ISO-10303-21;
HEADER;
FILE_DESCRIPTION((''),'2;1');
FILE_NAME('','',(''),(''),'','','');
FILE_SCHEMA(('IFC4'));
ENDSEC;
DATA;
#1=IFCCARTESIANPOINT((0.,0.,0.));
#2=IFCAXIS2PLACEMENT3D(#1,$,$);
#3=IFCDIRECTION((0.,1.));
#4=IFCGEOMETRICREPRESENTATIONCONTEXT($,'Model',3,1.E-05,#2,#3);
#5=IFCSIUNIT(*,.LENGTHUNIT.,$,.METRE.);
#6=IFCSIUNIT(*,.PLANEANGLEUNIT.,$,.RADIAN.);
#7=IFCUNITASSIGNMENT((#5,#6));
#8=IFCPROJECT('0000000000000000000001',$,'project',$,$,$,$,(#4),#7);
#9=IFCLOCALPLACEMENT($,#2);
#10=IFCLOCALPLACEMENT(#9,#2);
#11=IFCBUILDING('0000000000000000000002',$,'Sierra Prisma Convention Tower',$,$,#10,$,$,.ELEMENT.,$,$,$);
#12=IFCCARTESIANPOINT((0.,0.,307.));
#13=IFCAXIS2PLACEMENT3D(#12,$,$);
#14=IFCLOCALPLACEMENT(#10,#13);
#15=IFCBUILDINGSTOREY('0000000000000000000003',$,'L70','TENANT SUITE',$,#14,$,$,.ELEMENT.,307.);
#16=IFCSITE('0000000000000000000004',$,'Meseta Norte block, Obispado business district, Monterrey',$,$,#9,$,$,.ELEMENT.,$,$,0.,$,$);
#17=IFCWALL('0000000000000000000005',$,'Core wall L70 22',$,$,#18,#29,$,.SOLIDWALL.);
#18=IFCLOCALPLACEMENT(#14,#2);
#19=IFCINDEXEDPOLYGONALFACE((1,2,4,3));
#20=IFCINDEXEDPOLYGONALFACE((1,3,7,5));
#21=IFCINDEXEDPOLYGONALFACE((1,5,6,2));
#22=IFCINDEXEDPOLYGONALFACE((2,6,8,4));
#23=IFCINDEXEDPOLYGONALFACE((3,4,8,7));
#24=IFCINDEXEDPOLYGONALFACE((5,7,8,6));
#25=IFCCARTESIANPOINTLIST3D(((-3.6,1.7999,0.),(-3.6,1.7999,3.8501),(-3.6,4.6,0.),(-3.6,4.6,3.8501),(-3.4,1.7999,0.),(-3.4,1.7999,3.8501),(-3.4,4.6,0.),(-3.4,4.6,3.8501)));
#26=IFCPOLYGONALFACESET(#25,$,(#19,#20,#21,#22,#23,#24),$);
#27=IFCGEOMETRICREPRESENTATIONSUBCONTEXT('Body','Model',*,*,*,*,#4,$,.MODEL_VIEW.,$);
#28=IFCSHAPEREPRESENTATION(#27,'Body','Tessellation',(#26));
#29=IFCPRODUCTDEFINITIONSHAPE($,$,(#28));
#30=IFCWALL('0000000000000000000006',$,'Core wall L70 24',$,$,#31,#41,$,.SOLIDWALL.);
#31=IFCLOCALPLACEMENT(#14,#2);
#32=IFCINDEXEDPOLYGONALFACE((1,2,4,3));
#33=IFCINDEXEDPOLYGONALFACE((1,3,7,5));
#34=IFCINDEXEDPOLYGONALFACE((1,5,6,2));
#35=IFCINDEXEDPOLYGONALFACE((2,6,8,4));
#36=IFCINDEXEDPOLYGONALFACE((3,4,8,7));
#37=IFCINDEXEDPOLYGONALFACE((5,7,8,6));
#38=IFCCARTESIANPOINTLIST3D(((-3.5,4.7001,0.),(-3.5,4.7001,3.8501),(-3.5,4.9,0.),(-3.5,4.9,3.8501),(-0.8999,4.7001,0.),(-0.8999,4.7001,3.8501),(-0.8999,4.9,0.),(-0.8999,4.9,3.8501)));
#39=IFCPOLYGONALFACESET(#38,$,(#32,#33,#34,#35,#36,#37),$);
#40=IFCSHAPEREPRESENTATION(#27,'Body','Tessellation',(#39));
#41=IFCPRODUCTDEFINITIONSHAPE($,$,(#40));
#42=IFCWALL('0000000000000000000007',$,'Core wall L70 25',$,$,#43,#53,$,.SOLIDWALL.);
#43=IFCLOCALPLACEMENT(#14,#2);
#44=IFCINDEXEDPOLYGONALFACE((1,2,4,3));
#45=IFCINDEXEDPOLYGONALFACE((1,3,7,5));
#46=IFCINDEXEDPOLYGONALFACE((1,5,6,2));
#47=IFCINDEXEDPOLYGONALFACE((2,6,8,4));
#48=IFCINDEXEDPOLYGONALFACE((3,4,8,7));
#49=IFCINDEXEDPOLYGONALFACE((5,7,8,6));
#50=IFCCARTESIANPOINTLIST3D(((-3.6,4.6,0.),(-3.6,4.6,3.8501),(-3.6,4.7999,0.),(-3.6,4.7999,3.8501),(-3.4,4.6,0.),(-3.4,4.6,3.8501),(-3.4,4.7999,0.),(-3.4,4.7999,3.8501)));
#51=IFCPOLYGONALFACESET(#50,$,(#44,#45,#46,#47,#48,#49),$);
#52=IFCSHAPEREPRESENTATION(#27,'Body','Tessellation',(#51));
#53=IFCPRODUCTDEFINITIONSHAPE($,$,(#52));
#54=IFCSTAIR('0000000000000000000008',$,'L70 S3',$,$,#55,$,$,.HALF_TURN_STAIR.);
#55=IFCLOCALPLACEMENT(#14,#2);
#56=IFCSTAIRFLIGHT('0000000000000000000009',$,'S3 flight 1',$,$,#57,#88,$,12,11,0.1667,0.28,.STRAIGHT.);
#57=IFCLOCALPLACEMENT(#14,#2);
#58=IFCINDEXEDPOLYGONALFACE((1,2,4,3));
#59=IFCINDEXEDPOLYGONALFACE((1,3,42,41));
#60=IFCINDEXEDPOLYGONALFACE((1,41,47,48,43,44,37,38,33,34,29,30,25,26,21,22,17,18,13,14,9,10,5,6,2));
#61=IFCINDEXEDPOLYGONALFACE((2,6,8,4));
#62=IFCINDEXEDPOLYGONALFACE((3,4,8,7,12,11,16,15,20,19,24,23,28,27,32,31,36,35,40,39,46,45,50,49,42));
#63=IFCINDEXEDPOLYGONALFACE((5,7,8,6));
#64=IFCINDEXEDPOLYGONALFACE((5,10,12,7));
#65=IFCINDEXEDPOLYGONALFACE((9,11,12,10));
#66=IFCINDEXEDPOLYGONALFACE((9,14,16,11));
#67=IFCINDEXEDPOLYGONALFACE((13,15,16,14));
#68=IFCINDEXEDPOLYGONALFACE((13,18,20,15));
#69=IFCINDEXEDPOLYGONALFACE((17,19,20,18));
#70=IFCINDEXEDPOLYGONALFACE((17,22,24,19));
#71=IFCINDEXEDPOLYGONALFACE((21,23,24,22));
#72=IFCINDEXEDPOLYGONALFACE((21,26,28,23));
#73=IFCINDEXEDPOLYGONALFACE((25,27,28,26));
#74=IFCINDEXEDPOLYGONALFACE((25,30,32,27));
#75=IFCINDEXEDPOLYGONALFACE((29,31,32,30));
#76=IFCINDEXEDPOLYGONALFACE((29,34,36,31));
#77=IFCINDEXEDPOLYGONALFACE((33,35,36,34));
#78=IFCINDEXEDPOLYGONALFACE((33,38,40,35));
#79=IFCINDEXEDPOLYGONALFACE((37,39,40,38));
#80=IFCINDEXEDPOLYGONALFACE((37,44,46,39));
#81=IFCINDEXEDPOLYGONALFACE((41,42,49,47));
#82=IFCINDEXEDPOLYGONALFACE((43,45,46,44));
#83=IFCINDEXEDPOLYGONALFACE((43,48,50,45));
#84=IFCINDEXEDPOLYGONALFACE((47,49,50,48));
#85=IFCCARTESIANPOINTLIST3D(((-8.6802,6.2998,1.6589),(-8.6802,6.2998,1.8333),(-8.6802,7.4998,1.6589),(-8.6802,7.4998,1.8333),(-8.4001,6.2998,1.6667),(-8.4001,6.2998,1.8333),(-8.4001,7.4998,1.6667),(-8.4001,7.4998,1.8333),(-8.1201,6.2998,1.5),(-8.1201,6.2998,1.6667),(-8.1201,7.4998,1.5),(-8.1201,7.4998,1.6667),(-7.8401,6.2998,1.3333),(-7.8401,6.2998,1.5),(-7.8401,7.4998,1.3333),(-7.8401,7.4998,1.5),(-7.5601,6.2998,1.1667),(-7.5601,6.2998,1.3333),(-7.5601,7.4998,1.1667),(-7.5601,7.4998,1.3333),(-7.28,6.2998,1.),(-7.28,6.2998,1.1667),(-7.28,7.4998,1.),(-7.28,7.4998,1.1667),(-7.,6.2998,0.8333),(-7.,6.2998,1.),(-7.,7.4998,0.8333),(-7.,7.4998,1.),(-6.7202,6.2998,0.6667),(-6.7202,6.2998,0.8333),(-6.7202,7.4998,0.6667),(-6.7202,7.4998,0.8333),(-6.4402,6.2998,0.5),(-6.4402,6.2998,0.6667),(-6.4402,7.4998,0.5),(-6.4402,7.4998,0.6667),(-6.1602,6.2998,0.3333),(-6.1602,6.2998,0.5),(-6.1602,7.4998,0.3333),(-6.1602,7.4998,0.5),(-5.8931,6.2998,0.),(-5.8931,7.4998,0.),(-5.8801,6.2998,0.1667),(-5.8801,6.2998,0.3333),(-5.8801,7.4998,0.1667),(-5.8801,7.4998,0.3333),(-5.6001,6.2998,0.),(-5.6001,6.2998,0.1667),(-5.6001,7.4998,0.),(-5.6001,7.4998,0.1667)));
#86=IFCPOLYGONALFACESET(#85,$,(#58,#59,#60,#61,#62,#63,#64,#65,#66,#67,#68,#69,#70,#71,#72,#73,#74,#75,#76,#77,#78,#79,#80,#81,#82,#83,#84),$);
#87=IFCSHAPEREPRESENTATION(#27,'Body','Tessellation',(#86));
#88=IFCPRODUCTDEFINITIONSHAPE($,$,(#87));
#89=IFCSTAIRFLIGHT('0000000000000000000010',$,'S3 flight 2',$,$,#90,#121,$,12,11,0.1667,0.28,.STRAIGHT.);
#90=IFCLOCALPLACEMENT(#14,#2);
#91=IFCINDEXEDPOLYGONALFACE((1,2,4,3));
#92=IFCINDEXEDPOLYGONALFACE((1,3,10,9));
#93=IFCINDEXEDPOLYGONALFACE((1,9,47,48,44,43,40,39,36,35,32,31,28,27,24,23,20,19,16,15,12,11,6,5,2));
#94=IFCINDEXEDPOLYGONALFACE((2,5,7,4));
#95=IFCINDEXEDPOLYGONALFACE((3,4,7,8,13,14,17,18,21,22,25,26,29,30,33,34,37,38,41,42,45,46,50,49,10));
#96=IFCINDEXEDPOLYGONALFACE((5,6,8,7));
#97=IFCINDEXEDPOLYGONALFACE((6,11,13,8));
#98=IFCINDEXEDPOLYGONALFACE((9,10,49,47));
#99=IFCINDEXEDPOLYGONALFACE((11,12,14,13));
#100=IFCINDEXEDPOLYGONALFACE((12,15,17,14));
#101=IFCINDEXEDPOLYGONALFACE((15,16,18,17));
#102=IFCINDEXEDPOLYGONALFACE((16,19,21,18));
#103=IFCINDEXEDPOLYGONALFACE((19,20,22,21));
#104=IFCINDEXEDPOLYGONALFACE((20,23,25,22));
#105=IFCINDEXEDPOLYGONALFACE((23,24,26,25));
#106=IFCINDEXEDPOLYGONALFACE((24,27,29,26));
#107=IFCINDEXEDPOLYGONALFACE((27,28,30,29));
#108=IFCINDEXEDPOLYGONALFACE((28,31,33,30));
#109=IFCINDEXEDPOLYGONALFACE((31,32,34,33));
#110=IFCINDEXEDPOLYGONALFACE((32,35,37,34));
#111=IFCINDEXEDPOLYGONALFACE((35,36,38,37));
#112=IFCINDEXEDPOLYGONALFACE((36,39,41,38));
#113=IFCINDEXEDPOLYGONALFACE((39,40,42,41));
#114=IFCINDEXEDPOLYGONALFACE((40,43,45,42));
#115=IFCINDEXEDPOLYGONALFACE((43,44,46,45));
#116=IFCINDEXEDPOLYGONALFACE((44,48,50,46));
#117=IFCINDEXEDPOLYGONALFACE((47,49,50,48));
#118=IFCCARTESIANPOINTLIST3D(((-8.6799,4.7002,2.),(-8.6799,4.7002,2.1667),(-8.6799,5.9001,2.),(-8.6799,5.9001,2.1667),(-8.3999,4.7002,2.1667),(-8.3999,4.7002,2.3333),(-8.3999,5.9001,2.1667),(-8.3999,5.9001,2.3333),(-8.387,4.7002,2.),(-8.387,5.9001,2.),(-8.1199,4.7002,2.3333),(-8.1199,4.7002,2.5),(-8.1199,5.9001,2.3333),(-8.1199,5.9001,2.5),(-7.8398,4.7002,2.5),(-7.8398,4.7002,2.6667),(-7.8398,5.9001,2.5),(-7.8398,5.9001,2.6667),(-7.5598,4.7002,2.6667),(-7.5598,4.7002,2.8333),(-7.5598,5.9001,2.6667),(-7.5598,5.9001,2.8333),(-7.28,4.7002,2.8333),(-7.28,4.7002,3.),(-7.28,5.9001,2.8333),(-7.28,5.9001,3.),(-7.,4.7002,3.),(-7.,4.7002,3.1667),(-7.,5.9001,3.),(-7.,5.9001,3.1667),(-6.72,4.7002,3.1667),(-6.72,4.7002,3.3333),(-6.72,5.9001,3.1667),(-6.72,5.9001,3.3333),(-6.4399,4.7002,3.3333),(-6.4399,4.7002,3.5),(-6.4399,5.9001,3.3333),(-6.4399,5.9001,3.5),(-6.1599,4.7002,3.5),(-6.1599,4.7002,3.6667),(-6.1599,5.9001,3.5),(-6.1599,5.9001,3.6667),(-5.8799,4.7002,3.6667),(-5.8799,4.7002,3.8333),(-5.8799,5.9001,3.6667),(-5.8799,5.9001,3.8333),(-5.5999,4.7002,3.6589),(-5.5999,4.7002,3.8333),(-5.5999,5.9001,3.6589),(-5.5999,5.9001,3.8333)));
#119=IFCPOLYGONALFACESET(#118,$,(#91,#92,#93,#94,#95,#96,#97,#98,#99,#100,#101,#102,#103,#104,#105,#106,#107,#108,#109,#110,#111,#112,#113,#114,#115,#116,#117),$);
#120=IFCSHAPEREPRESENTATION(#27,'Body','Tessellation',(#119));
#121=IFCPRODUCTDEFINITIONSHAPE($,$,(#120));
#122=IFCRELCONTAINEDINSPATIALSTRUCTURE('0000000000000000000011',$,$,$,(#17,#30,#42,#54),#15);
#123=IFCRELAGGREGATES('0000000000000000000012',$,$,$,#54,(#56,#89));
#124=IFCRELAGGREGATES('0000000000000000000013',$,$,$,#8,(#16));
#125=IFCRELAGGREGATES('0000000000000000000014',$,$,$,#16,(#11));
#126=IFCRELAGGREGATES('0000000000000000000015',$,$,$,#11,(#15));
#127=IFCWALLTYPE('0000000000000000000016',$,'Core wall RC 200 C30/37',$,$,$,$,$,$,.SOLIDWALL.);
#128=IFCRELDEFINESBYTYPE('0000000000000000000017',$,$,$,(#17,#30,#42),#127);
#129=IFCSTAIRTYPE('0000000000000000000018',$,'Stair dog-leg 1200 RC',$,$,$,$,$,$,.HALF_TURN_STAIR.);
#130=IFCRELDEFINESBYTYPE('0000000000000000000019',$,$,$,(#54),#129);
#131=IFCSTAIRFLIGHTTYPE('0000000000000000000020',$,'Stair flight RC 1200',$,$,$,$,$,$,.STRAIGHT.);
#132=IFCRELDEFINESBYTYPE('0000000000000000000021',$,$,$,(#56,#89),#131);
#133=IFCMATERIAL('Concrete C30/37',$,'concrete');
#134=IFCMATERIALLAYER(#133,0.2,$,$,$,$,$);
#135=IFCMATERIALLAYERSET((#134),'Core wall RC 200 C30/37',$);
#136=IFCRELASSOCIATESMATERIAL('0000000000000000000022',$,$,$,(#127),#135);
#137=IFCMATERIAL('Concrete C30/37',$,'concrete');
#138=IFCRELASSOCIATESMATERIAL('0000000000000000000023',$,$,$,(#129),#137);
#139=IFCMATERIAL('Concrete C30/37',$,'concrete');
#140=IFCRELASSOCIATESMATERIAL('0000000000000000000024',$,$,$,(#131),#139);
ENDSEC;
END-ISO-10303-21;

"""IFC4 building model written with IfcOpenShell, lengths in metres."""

from ifc_helpers import new_model, si_unit, direction, frame, frame_2d, origin, place, context, subcontext, project, spatial, polyline, rectangle, outline, extrude, material, layer, layer_set, type_object, element, aggregate, save


model = new_model("IFC4")

# Units and contexts
model_context = context("Model", 3, precision=1e-05, world=origin(), true_north=direction((0.0, 1.0)))
body_context = subcontext(model_context, "Body", "Model", "MODEL_VIEW")
ifc_project = project(units=[si_unit("LENGTHUNIT", "METRE"), si_unit("PLANEANGLEUNIT", "RADIAN")], contexts=[model_context])

# Site, building, storey
site_placement = place(None, origin())
site = spatial("IfcSite", under=ifc_project, at=site_placement, Name="Meseta Norte block, Obispado business district, Monterrey", CompositionType="ELEMENT", RefElevation=0.0)
building_placement = place(site_placement, origin())
building = spatial("IfcBuilding", under=site, at=building_placement, Name="Sierra Prisma Convention Tower", CompositionType="ELEMENT")
storey_placement = place(building_placement, frame((0.0, 0.0, 307.0)))
storey = spatial("IfcBuildingStorey", under=building, at=storey_placement, Name="L70", Description="TENANT SUITE", CompositionType="ELEMENT", Elevation=307.0)

# Shared definitions
ifc_material_1 = material(Name="Concrete C30/37", Category="concrete")
ifc_layer_1 = layer(ifc_material_1, 0.2)
ifc_layer_set_1 = layer_set([ifc_layer_1], Name="Core wall RC 200 C30/37")
wall_type = type_object("IfcWallType", Name="Core wall RC 200 C30/37", PredefinedType="SOLIDWALL", material=ifc_layer_set_1)

# Wall
wall_1_placement = place(storey_placement, frame((-3.5, 1.8, 0.0), z_axis=(0.0, 0.0, 1.0), x_axis=(0.0, 1.0, 0.0)))
element("IfcWall", 1, at=wall_1_placement, inside=storey, type_object=wall_type, Name="Core wall L70 22", PredefinedType="SOLIDWALL", context=body_context, shape_type="SweptSolid", body=[
    extrude(rectangle(XDim=2.8, YDim=0.2, at=frame_2d((1.3999, 0.0))), origin(), (0.0, 0.0, 1.0), 3.8501),
])

# Walls
wall_2_placement = place(storey_placement, frame((-0.8999, 4.8, 0.0), z_axis=(0.0, 0.0, 1.0), x_axis=(-1.0, 0.0, 0.0)))
element("IfcWall", 2, at=wall_2_placement, inside=storey, type_object=wall_type, Name="Core wall L70 24", PredefinedType="SOLIDWALL", context=body_context, shape_type="SweptSolid", body=[
    extrude(rectangle(XDim=2.6001, YDim=0.2, at=frame_2d((1.3, 0.0))), origin(), (0.0, 0.0, 1.0), 3.8501),
])
wall_3_placement = place(storey_placement, frame((-3.5, 4.8, 0.0), z_axis=(0.0, 0.0, 1.0), x_axis=(0.0, -1.0, 0.0)))
element("IfcWall", 3, at=wall_3_placement, inside=storey, type_object=wall_type, Name="Core wall L70 25", PredefinedType="SOLIDWALL", context=body_context, shape_type="SweptSolid", body=[
    extrude(rectangle(XDim=0.2, YDim=0.2, at=frame_2d((0.1001, 0.0))), origin(), (0.0, 0.0, 1.0), 3.8501),
])

# Stair, stair flights
ifc_material_2 = material(Name="Concrete C30/37", Category="concrete")
stair_type = type_object("IfcStairType", Name="Stair dog-leg 1200 RC", PredefinedType="HALF_TURN_STAIR", material=ifc_material_2)
stair_placement = place(storey_placement, origin())
stair = element("IfcStair", 4, at=stair_placement, inside=storey, type_object=stair_type, Name="L70 S3", PredefinedType="HALF_TURN_STAIR")
ifc_material_3 = material(Name="Concrete C30/37", Category="concrete")
stair_flight_type = type_object("IfcStairFlightType", Name="Stair flight RC 1200", PredefinedType="STRAIGHT", material=ifc_material_3)
stair_flight_1_placement = place(storey_placement, frame((-5.6001, 6.8999, 0.0), z_axis=(0.0, 0.0, 1.0), x_axis=(-1.0, 0.0, 0.0)))
stair_flight_1 = element("IfcStairFlight", 5, at=stair_flight_1_placement, type_object=stair_flight_type, Name="S3 flight 1", NumberOfRisers=12, NumberOfTreads=11, PredefinedType="STRAIGHT", RiserHeight=0.1667, TreadLength=0.28, context=body_context, shape_type="SweptSolid", body=[
    extrude(outline(polyline([(0.0, 0.0), (0.0, 0.1667), (0.28, 0.1667), (0.28, 0.3333), (0.5601, 0.3333), (0.5601, 0.5), (0.8401, 0.5), (0.8401, 0.6667), (1.1201, 0.6667), (1.1201, 0.8333), (1.3999, 0.8333), (1.3999, 1.0), (1.6799, 1.0), (1.6799, 1.1667), (1.96, 1.1667), (1.96, 1.3333), (2.24, 1.3333), (2.24, 1.5), (2.52, 1.5), (2.52, 1.6667), (2.8, 1.6667), (2.8, 1.8333), (3.0801, 1.8333), (3.0801, 2.0), (3.0801, 1.6589), (0.293, 0.0), (0.0, 0.0)])), frame((0.0, 0.6001, 0.0), z_axis=(0.0, -1.0, 0.0), x_axis=(1.0, 0.0, 0.0)), (0.0, 0.0, 1.0), 1.2),
])
stair_flight_2_placement = place(storey_placement, frame((-8.6799, 5.3, 2.0), z_axis=(0.0, 0.0, 1.0), x_axis=(1.0, 0.0, 0.0)))
stair_flight_2 = element("IfcStairFlight", 6, at=stair_flight_2_placement, type_object=stair_flight_type, Name="S3 flight 2", NumberOfRisers=12, NumberOfTreads=11, PredefinedType="STRAIGHT", RiserHeight=0.1667, TreadLength=0.28, context=body_context, shape_type="SweptSolid", body=[
    extrude(outline(polyline([(0.0, 0.0), (0.0, 0.1667), (0.28, 0.1667), (0.28, 0.3333), (0.5601, 0.3333), (0.5601, 0.5), (0.8401, 0.5), (0.8401, 0.6667), (1.1201, 0.6667), (1.1201, 0.8333), (1.3999, 0.8333), (1.3999, 1.0), (1.6799, 1.0), (1.6799, 1.1667), (1.96, 1.1667), (1.96, 1.3333), (2.24, 1.3333), (2.24, 1.5), (2.52, 1.5), (2.52, 1.6667), (2.8, 1.6667), (2.8, 1.8333), (3.0801, 1.8333), (3.0801, 2.0), (3.0801, 1.6589), (0.293, 0.0), (0.0, 0.0)])), frame((0.0, 0.6001, 0.0), z_axis=(0.0, -1.0, 0.0), x_axis=(1.0, 0.0, 0.0)), (0.0, 0.0, 1.0), 1.2),
])
aggregate(stair, [stair_flight_1, stair_flight_2])

save(model, "model.ifc")
